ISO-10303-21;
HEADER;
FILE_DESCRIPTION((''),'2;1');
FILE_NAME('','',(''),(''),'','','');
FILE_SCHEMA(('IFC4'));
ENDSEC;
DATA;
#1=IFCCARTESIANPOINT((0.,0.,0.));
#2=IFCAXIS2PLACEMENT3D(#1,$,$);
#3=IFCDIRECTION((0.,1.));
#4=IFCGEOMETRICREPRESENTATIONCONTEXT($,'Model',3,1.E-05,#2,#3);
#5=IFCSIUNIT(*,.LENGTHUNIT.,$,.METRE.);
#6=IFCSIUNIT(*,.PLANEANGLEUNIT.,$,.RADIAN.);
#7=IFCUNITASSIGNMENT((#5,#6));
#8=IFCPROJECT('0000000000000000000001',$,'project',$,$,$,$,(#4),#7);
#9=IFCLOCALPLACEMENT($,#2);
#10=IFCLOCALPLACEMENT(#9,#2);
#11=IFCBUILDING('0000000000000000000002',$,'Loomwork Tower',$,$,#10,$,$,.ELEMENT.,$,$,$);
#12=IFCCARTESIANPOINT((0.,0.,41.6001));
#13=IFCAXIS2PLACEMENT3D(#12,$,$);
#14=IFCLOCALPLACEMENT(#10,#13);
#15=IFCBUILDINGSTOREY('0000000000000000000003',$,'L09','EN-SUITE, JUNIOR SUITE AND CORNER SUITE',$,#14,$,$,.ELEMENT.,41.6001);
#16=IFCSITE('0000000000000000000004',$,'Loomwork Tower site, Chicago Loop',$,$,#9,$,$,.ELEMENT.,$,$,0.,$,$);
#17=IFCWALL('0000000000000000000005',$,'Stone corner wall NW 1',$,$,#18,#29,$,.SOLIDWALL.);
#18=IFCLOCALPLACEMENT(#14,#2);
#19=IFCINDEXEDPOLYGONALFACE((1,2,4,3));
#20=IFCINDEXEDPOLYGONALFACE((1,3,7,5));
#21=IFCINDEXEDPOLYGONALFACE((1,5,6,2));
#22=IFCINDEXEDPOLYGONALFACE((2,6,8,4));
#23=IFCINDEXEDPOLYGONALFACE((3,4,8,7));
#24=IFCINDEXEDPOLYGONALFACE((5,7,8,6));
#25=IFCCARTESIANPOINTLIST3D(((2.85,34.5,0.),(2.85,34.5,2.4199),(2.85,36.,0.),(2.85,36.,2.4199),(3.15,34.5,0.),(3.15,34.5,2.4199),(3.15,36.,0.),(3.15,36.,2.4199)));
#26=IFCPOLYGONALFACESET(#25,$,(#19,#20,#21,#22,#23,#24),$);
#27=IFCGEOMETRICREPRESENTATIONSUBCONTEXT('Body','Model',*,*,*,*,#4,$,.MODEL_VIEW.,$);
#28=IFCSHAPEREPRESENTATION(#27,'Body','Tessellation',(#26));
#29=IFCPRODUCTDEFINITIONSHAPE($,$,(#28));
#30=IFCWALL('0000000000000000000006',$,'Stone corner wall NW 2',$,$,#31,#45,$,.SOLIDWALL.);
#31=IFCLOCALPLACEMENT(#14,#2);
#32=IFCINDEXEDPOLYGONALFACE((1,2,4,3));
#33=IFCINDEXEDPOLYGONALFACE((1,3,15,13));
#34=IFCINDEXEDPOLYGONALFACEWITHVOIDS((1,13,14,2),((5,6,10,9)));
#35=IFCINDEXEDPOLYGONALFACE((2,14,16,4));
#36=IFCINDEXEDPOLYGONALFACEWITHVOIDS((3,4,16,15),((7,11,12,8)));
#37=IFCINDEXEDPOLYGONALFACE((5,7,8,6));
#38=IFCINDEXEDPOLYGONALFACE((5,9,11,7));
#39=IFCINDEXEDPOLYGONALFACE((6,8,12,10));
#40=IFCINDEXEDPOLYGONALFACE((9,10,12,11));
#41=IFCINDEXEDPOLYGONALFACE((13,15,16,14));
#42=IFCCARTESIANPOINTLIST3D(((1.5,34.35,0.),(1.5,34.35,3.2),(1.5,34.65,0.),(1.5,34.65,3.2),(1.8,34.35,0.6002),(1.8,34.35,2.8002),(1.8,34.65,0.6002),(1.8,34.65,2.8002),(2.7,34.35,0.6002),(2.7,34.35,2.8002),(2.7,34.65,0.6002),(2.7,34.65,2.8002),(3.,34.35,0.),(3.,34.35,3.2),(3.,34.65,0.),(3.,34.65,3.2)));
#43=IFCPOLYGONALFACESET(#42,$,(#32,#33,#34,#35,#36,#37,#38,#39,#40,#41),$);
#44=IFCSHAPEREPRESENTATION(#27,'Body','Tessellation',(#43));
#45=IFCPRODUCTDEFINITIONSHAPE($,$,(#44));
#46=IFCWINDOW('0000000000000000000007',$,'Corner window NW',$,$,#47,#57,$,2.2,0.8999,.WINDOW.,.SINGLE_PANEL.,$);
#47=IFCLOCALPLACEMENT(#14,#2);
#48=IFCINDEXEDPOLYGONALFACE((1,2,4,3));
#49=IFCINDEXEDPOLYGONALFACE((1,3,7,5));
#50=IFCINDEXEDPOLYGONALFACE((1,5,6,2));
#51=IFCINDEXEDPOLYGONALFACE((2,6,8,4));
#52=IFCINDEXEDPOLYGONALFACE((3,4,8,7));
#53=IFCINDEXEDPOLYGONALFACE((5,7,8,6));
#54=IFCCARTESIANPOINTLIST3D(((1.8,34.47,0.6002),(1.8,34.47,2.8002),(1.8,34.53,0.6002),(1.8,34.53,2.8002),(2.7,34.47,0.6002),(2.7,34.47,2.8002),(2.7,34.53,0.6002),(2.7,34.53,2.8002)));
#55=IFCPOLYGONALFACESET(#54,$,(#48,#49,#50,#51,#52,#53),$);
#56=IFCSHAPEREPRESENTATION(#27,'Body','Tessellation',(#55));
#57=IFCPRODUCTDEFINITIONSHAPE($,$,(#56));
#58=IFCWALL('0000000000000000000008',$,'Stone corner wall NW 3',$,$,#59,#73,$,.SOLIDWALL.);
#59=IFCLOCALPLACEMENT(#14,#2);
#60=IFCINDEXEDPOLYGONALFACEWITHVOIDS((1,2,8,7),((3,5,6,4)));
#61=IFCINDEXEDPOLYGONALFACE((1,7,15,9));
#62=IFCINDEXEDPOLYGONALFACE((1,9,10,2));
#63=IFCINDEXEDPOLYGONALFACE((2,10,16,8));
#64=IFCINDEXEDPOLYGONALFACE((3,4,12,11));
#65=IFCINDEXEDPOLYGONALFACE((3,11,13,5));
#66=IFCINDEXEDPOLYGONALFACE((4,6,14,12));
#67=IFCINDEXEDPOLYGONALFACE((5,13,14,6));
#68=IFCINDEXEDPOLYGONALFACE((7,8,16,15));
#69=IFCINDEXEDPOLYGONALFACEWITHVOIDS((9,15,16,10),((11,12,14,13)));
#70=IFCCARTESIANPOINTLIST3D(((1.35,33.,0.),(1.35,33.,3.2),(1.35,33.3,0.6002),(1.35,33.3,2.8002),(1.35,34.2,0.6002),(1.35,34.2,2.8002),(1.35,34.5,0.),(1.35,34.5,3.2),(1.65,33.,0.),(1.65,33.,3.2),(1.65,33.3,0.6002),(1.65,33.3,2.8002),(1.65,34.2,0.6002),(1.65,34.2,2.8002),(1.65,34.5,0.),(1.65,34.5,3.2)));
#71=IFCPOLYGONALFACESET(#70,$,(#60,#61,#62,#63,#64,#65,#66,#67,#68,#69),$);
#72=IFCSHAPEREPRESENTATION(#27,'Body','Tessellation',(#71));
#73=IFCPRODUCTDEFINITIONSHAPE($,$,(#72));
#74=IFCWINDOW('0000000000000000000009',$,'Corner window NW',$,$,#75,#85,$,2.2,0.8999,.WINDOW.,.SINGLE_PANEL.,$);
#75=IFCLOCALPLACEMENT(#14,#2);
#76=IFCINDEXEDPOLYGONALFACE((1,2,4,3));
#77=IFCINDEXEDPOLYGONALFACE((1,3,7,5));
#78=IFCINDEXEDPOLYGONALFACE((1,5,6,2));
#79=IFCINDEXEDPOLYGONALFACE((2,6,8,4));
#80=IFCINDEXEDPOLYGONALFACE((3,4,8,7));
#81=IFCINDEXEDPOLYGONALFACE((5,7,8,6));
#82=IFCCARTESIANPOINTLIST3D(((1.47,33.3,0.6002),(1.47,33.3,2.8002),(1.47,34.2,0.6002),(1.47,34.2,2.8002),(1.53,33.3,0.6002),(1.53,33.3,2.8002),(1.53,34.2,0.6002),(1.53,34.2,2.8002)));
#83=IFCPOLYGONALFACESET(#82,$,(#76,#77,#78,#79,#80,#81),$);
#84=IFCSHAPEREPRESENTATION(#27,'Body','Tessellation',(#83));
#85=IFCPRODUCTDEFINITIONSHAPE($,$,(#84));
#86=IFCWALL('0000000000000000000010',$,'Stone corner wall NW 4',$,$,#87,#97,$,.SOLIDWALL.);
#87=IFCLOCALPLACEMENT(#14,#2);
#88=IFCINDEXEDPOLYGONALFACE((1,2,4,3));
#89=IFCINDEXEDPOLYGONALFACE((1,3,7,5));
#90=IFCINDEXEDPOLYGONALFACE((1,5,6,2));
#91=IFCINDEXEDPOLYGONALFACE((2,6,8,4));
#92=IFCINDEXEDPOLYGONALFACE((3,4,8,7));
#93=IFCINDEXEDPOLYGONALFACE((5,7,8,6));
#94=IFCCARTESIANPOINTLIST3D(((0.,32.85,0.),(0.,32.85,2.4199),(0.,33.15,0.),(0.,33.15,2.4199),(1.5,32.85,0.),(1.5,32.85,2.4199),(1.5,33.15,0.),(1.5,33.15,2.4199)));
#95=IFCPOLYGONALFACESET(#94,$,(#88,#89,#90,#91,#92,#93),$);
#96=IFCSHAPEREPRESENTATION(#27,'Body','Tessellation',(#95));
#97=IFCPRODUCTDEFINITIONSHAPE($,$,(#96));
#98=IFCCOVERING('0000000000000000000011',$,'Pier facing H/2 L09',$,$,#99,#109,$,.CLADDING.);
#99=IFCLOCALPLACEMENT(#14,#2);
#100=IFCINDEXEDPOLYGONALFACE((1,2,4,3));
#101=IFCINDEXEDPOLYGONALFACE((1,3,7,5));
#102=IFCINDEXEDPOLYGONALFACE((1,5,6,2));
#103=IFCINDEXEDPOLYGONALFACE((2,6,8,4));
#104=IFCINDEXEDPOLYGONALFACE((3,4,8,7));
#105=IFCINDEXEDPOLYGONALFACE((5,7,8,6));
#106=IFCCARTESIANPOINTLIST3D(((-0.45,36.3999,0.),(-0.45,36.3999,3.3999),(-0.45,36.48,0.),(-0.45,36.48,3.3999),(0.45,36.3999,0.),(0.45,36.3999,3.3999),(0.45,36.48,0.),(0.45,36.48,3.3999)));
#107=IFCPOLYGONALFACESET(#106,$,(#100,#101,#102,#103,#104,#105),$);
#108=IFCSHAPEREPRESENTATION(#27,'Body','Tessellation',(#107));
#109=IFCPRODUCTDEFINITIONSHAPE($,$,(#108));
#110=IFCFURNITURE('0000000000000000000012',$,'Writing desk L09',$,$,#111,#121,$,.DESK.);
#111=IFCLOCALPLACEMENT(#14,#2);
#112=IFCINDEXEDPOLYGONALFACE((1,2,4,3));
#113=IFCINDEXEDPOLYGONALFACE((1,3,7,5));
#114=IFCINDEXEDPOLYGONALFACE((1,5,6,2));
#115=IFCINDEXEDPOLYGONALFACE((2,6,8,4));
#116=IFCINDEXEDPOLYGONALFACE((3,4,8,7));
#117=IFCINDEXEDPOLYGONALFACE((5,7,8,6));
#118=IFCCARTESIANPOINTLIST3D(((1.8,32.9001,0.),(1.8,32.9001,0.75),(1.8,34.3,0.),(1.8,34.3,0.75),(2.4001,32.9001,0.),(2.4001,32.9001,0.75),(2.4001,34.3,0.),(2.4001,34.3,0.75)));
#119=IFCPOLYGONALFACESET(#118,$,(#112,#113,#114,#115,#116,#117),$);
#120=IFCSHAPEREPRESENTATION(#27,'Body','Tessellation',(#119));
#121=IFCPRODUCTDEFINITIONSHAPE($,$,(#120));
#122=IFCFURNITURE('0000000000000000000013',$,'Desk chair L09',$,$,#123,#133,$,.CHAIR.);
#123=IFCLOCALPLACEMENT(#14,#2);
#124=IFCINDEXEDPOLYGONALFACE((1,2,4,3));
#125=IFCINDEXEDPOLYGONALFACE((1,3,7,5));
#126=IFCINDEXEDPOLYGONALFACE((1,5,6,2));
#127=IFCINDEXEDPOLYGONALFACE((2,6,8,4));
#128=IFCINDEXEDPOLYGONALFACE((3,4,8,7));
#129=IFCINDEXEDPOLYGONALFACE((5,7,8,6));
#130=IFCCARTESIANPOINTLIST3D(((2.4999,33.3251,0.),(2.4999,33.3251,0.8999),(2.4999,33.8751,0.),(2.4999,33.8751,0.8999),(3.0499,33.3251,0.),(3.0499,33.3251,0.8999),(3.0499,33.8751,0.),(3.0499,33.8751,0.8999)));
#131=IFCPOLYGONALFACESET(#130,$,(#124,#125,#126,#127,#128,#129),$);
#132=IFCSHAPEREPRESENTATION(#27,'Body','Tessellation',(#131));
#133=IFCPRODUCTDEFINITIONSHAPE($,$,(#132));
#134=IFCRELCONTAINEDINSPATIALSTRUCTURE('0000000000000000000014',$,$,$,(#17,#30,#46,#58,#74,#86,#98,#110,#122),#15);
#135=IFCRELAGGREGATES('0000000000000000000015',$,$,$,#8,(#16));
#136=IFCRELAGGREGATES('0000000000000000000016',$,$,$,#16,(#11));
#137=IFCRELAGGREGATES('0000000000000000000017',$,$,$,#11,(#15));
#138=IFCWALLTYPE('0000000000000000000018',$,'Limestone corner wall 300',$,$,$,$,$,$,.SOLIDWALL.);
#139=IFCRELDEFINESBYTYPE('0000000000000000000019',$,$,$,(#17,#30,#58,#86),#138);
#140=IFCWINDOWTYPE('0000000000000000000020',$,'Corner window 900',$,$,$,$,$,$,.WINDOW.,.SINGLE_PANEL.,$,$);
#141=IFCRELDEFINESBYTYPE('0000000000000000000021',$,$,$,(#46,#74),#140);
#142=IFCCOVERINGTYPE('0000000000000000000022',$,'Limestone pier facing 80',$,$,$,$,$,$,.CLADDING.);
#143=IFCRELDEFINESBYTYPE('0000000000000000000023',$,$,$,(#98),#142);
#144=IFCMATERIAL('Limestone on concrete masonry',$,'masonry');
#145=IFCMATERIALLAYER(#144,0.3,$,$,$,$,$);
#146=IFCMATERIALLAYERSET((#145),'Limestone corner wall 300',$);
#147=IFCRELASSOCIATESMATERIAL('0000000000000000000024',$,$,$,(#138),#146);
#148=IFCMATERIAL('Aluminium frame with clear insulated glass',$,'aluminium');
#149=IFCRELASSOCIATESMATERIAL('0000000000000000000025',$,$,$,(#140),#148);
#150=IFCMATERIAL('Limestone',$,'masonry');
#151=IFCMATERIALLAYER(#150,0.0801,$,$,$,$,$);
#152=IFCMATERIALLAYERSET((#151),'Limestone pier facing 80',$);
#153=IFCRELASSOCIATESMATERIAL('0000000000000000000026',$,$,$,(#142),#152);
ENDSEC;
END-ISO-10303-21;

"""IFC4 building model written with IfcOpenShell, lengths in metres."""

from ifc_helpers import new_model, si_unit, direction, frame, frame_2d, origin, origin_2d, place, context, subcontext, project, spatial, rectangle, extrude, material, layer, layer_set, type_object, element, fill, save


model = new_model("IFC4")

# Units and contexts
model_context = context("Model", 3, precision=1e-05, world=origin(), true_north=direction((0.0, 1.0)))
body_context = subcontext(model_context, "Body", "Model", "MODEL_VIEW")
ifc_project = project(units=[si_unit("LENGTHUNIT", "METRE"), si_unit("PLANEANGLEUNIT", "RADIAN")], contexts=[model_context])

# Site, building, storey
site_placement = place(None, origin())
site = spatial("IfcSite", under=ifc_project, at=site_placement, Name="Loomwork Tower site, Chicago Loop", CompositionType="ELEMENT", RefElevation=0.0)
building_placement = place(site_placement, origin())
building = spatial("IfcBuilding", under=site, at=building_placement, Name="Loomwork Tower", CompositionType="ELEMENT")
storey_placement = place(building_placement, frame((0.0, 0.0, 41.6001)))
storey = spatial("IfcBuildingStorey", under=building, at=storey_placement, Name="L09", Description="EN-SUITE, JUNIOR SUITE AND CORNER SUITE", CompositionType="ELEMENT", Elevation=41.6001)

# Wall
ifc_material_1 = material(Name="Limestone on concrete masonry", Category="masonry")
ifc_layer_1 = layer(ifc_material_1, 0.3)
ifc_layer_set_1 = layer_set([ifc_layer_1], Name="Limestone corner wall 300")
wall_type_1 = type_object("IfcWallType", Name="Limestone corner wall 300", PredefinedType="SOLIDWALL", material=ifc_layer_set_1)
wall_1_placement = place(storey_placement, frame((3.0, 36.0, 0.0), z_axis=(0.0, 0.0, 1.0), x_axis=(0.0, -1.0, 0.0)))
element("IfcWall", 1, at=wall_1_placement, inside=storey, type_object=wall_type_1, Name="Stone corner wall NW 1", PredefinedType="SOLIDWALL", context=body_context, shape_type="SweptSolid", body=[
    extrude(rectangle(XDim=1.5, YDim=0.3, at=frame_2d((0.75, 0.0))), origin(), (0.0, 0.0, 1.0), 2.4199),
])

# Walls, openings, windows
wall_2_placement = place(storey_placement, frame((3.0, 34.5, 0.0), z_axis=(0.0, 0.0, 1.0), x_axis=(-1.0, 0.0, 0.0)))
wall_2 = element("IfcWall", 2, at=wall_2_placement, inside=storey, type_object=wall_type_1, Name="Stone corner wall NW 2", PredefinedType="SOLIDWALL", context=body_context, shape_type="SweptSolid", body=[
    extrude(rectangle(XDim=1.5, YDim=0.3, at=frame_2d((0.75, 0.0))), origin(), (0.0, 0.0, 1.0), 3.2),
])
opening_1_placement = place(wall_2_placement, frame((0.3, 0.0, 0.6001)))
opening_1 = element("IfcOpeningElement", 3, at=opening_1_placement, cuts=wall_2, PredefinedType="OPENING", context=body_context, shape_type="SweptSolid", body=[
    extrude(rectangle(XDim=0.8999, YDim=2.2, at=frame_2d((0.45, 1.1001))), frame((0.0, 0.1599, 0.0), z_axis=(0.0, -1.0, 0.0), x_axis=(1.0, 0.0, 0.0)), (0.0, 0.0, 1.0), 0.3201),
])
ifc_material_2 = material(Name="Aluminium frame with clear insulated glass", Category="aluminium")
window_type_1 = type_object("IfcWindowType", Name="Corner window 900", PartitioningType="SINGLE_PANEL", PredefinedType="WINDOW", material=ifc_material_2)
window_1_placement = place(opening_1_placement, origin())
window_1 = element("IfcWindow", 4, at=window_1_placement, inside=storey, type_object=window_type_1, Name="Corner window NW", OverallHeight=2.2, OverallWidth=0.8999, PartitioningType="SINGLE_PANEL", PredefinedType="WINDOW", context=body_context, shape_type="SweptSolid", body=[
    extrude(rectangle(XDim=0.8999, YDim=2.2, at=frame_2d((0.45, 1.1001))), frame((0.0, 0.03, 0.0), z_axis=(0.0, -1.0, 0.0), x_axis=(1.0, 0.0, 0.0)), (0.0, 0.0, 1.0), 0.0601),
])
fill(opening_1, window_1)
wall_3_placement = place(storey_placement, frame((1.5, 34.5, 0.0), z_axis=(0.0, 0.0, 1.0), x_axis=(0.0, -1.0, 0.0)))
wall_3 = element("IfcWall", 5, at=wall_3_placement, inside=storey, type_object=wall_type_1, Name="Stone corner wall NW 3", PredefinedType="SOLIDWALL", context=body_context, shape_type="SweptSolid", body=[
    extrude(rectangle(XDim=1.5, YDim=0.3, at=frame_2d((0.75, 0.0))), origin(), (0.0, 0.0, 1.0), 3.2),
])
opening_2_placement = place(wall_3_placement, frame((0.3, 0.0, 0.6001)))
opening_2 = element("IfcOpeningElement", 6, at=opening_2_placement, cuts=wall_3, PredefinedType="OPENING", context=body_context, shape_type="SweptSolid", body=[
    extrude(rectangle(XDim=0.8999, YDim=2.2, at=frame_2d((0.45, 1.1001))), frame((0.0, 0.1599, 0.0), z_axis=(0.0, -1.0, 0.0), x_axis=(1.0, 0.0, 0.0)), (0.0, 0.0, 1.0), 0.3201),
])
window_2_placement = place(opening_2_placement, origin())
window_2 = element("IfcWindow", 7, at=window_2_placement, inside=storey, type_object=window_type_1, Name="Corner window NW", OverallHeight=2.2, OverallWidth=0.8999, PartitioningType="SINGLE_PANEL", PredefinedType="WINDOW", context=body_context, shape_type="SweptSolid", body=[
    extrude(rectangle(XDim=0.8999, YDim=2.2, at=frame_2d((0.45, 1.1001))), frame((0.0, 0.03, 0.0), z_axis=(0.0, -1.0, 0.0), x_axis=(1.0, 0.0, 0.0)), (0.0, 0.0, 1.0), 0.0601),
])
fill(opening_2, window_2)

# Wall
wall_4_placement = place(storey_placement, frame((1.5, 33.0, 0.0), z_axis=(0.0, 0.0, 1.0), x_axis=(-1.0, 0.0, 0.0)))
element("IfcWall", 8, at=wall_4_placement, inside=storey, type_object=wall_type_1, Name="Stone corner wall NW 4", PredefinedType="SOLIDWALL", context=body_context, shape_type="SweptSolid", body=[
    extrude(rectangle(XDim=1.5, YDim=0.3, at=frame_2d((0.75, 0.0))), origin(), (0.0, 0.0, 1.0), 2.4199),
])

# Covering
ifc_material_3 = material(Name="Limestone", Category="masonry")
ifc_layer_2 = layer(ifc_material_3, 0.0801)
ifc_layer_set_2 = layer_set([ifc_layer_2], Name="Limestone pier facing 80")
covering_type = type_object("IfcCoveringType", Name="Limestone pier facing 80", PredefinedType="CLADDING", material=ifc_layer_set_2)
covering_placement = place(storey_placement, frame((0.0, 36.4399, 0.0), z_axis=(0.0, 0.0, 1.0), x_axis=(1.0, 0.0, 0.0)))
element("IfcCovering", 9, at=covering_placement, inside=storey, type_object=covering_type, Name="Pier facing H/2 L09", PredefinedType="CLADDING", context=body_context, shape_type="SweptSolid", body=[
    extrude(rectangle(XDim=0.8999, YDim=0.0801, at=origin_2d()), origin(), (0.0, 0.0, 1.0), 3.3999),
])

# Furniture
furniture_1_placement = place(storey_placement, frame((2.1001, 33.6001, 0.0), z_axis=(0.0, 0.0, 1.0), x_axis=(1.0, 0.0, 0.0)))
element("IfcFurniture", 10, at=furniture_1_placement, inside=storey, Name="Writing desk L09", PredefinedType="DESK", context=body_context, shape_type="SweptSolid", body=[
    extrude(rectangle(XDim=0.6001, YDim=1.3999, at=origin_2d()), origin(), (0.0, 0.0, 1.0), 0.75),
])
furniture_2_placement = place(storey_placement, frame((2.7749, 33.6001, 0.0), z_axis=(0.0, 0.0, 1.0), x_axis=(1.0, 0.0, 0.0)))
element("IfcFurniture", 11, at=furniture_2_placement, inside=storey, Name="Desk chair L09", PredefinedType="CHAIR", context=body_context, shape_type="SweptSolid", body=[
    extrude(rectangle(XDim=0.55, YDim=0.55, at=origin_2d()), origin(), (0.0, 0.0, 1.0), 0.8999),
])

save(model, "model.ifc")
